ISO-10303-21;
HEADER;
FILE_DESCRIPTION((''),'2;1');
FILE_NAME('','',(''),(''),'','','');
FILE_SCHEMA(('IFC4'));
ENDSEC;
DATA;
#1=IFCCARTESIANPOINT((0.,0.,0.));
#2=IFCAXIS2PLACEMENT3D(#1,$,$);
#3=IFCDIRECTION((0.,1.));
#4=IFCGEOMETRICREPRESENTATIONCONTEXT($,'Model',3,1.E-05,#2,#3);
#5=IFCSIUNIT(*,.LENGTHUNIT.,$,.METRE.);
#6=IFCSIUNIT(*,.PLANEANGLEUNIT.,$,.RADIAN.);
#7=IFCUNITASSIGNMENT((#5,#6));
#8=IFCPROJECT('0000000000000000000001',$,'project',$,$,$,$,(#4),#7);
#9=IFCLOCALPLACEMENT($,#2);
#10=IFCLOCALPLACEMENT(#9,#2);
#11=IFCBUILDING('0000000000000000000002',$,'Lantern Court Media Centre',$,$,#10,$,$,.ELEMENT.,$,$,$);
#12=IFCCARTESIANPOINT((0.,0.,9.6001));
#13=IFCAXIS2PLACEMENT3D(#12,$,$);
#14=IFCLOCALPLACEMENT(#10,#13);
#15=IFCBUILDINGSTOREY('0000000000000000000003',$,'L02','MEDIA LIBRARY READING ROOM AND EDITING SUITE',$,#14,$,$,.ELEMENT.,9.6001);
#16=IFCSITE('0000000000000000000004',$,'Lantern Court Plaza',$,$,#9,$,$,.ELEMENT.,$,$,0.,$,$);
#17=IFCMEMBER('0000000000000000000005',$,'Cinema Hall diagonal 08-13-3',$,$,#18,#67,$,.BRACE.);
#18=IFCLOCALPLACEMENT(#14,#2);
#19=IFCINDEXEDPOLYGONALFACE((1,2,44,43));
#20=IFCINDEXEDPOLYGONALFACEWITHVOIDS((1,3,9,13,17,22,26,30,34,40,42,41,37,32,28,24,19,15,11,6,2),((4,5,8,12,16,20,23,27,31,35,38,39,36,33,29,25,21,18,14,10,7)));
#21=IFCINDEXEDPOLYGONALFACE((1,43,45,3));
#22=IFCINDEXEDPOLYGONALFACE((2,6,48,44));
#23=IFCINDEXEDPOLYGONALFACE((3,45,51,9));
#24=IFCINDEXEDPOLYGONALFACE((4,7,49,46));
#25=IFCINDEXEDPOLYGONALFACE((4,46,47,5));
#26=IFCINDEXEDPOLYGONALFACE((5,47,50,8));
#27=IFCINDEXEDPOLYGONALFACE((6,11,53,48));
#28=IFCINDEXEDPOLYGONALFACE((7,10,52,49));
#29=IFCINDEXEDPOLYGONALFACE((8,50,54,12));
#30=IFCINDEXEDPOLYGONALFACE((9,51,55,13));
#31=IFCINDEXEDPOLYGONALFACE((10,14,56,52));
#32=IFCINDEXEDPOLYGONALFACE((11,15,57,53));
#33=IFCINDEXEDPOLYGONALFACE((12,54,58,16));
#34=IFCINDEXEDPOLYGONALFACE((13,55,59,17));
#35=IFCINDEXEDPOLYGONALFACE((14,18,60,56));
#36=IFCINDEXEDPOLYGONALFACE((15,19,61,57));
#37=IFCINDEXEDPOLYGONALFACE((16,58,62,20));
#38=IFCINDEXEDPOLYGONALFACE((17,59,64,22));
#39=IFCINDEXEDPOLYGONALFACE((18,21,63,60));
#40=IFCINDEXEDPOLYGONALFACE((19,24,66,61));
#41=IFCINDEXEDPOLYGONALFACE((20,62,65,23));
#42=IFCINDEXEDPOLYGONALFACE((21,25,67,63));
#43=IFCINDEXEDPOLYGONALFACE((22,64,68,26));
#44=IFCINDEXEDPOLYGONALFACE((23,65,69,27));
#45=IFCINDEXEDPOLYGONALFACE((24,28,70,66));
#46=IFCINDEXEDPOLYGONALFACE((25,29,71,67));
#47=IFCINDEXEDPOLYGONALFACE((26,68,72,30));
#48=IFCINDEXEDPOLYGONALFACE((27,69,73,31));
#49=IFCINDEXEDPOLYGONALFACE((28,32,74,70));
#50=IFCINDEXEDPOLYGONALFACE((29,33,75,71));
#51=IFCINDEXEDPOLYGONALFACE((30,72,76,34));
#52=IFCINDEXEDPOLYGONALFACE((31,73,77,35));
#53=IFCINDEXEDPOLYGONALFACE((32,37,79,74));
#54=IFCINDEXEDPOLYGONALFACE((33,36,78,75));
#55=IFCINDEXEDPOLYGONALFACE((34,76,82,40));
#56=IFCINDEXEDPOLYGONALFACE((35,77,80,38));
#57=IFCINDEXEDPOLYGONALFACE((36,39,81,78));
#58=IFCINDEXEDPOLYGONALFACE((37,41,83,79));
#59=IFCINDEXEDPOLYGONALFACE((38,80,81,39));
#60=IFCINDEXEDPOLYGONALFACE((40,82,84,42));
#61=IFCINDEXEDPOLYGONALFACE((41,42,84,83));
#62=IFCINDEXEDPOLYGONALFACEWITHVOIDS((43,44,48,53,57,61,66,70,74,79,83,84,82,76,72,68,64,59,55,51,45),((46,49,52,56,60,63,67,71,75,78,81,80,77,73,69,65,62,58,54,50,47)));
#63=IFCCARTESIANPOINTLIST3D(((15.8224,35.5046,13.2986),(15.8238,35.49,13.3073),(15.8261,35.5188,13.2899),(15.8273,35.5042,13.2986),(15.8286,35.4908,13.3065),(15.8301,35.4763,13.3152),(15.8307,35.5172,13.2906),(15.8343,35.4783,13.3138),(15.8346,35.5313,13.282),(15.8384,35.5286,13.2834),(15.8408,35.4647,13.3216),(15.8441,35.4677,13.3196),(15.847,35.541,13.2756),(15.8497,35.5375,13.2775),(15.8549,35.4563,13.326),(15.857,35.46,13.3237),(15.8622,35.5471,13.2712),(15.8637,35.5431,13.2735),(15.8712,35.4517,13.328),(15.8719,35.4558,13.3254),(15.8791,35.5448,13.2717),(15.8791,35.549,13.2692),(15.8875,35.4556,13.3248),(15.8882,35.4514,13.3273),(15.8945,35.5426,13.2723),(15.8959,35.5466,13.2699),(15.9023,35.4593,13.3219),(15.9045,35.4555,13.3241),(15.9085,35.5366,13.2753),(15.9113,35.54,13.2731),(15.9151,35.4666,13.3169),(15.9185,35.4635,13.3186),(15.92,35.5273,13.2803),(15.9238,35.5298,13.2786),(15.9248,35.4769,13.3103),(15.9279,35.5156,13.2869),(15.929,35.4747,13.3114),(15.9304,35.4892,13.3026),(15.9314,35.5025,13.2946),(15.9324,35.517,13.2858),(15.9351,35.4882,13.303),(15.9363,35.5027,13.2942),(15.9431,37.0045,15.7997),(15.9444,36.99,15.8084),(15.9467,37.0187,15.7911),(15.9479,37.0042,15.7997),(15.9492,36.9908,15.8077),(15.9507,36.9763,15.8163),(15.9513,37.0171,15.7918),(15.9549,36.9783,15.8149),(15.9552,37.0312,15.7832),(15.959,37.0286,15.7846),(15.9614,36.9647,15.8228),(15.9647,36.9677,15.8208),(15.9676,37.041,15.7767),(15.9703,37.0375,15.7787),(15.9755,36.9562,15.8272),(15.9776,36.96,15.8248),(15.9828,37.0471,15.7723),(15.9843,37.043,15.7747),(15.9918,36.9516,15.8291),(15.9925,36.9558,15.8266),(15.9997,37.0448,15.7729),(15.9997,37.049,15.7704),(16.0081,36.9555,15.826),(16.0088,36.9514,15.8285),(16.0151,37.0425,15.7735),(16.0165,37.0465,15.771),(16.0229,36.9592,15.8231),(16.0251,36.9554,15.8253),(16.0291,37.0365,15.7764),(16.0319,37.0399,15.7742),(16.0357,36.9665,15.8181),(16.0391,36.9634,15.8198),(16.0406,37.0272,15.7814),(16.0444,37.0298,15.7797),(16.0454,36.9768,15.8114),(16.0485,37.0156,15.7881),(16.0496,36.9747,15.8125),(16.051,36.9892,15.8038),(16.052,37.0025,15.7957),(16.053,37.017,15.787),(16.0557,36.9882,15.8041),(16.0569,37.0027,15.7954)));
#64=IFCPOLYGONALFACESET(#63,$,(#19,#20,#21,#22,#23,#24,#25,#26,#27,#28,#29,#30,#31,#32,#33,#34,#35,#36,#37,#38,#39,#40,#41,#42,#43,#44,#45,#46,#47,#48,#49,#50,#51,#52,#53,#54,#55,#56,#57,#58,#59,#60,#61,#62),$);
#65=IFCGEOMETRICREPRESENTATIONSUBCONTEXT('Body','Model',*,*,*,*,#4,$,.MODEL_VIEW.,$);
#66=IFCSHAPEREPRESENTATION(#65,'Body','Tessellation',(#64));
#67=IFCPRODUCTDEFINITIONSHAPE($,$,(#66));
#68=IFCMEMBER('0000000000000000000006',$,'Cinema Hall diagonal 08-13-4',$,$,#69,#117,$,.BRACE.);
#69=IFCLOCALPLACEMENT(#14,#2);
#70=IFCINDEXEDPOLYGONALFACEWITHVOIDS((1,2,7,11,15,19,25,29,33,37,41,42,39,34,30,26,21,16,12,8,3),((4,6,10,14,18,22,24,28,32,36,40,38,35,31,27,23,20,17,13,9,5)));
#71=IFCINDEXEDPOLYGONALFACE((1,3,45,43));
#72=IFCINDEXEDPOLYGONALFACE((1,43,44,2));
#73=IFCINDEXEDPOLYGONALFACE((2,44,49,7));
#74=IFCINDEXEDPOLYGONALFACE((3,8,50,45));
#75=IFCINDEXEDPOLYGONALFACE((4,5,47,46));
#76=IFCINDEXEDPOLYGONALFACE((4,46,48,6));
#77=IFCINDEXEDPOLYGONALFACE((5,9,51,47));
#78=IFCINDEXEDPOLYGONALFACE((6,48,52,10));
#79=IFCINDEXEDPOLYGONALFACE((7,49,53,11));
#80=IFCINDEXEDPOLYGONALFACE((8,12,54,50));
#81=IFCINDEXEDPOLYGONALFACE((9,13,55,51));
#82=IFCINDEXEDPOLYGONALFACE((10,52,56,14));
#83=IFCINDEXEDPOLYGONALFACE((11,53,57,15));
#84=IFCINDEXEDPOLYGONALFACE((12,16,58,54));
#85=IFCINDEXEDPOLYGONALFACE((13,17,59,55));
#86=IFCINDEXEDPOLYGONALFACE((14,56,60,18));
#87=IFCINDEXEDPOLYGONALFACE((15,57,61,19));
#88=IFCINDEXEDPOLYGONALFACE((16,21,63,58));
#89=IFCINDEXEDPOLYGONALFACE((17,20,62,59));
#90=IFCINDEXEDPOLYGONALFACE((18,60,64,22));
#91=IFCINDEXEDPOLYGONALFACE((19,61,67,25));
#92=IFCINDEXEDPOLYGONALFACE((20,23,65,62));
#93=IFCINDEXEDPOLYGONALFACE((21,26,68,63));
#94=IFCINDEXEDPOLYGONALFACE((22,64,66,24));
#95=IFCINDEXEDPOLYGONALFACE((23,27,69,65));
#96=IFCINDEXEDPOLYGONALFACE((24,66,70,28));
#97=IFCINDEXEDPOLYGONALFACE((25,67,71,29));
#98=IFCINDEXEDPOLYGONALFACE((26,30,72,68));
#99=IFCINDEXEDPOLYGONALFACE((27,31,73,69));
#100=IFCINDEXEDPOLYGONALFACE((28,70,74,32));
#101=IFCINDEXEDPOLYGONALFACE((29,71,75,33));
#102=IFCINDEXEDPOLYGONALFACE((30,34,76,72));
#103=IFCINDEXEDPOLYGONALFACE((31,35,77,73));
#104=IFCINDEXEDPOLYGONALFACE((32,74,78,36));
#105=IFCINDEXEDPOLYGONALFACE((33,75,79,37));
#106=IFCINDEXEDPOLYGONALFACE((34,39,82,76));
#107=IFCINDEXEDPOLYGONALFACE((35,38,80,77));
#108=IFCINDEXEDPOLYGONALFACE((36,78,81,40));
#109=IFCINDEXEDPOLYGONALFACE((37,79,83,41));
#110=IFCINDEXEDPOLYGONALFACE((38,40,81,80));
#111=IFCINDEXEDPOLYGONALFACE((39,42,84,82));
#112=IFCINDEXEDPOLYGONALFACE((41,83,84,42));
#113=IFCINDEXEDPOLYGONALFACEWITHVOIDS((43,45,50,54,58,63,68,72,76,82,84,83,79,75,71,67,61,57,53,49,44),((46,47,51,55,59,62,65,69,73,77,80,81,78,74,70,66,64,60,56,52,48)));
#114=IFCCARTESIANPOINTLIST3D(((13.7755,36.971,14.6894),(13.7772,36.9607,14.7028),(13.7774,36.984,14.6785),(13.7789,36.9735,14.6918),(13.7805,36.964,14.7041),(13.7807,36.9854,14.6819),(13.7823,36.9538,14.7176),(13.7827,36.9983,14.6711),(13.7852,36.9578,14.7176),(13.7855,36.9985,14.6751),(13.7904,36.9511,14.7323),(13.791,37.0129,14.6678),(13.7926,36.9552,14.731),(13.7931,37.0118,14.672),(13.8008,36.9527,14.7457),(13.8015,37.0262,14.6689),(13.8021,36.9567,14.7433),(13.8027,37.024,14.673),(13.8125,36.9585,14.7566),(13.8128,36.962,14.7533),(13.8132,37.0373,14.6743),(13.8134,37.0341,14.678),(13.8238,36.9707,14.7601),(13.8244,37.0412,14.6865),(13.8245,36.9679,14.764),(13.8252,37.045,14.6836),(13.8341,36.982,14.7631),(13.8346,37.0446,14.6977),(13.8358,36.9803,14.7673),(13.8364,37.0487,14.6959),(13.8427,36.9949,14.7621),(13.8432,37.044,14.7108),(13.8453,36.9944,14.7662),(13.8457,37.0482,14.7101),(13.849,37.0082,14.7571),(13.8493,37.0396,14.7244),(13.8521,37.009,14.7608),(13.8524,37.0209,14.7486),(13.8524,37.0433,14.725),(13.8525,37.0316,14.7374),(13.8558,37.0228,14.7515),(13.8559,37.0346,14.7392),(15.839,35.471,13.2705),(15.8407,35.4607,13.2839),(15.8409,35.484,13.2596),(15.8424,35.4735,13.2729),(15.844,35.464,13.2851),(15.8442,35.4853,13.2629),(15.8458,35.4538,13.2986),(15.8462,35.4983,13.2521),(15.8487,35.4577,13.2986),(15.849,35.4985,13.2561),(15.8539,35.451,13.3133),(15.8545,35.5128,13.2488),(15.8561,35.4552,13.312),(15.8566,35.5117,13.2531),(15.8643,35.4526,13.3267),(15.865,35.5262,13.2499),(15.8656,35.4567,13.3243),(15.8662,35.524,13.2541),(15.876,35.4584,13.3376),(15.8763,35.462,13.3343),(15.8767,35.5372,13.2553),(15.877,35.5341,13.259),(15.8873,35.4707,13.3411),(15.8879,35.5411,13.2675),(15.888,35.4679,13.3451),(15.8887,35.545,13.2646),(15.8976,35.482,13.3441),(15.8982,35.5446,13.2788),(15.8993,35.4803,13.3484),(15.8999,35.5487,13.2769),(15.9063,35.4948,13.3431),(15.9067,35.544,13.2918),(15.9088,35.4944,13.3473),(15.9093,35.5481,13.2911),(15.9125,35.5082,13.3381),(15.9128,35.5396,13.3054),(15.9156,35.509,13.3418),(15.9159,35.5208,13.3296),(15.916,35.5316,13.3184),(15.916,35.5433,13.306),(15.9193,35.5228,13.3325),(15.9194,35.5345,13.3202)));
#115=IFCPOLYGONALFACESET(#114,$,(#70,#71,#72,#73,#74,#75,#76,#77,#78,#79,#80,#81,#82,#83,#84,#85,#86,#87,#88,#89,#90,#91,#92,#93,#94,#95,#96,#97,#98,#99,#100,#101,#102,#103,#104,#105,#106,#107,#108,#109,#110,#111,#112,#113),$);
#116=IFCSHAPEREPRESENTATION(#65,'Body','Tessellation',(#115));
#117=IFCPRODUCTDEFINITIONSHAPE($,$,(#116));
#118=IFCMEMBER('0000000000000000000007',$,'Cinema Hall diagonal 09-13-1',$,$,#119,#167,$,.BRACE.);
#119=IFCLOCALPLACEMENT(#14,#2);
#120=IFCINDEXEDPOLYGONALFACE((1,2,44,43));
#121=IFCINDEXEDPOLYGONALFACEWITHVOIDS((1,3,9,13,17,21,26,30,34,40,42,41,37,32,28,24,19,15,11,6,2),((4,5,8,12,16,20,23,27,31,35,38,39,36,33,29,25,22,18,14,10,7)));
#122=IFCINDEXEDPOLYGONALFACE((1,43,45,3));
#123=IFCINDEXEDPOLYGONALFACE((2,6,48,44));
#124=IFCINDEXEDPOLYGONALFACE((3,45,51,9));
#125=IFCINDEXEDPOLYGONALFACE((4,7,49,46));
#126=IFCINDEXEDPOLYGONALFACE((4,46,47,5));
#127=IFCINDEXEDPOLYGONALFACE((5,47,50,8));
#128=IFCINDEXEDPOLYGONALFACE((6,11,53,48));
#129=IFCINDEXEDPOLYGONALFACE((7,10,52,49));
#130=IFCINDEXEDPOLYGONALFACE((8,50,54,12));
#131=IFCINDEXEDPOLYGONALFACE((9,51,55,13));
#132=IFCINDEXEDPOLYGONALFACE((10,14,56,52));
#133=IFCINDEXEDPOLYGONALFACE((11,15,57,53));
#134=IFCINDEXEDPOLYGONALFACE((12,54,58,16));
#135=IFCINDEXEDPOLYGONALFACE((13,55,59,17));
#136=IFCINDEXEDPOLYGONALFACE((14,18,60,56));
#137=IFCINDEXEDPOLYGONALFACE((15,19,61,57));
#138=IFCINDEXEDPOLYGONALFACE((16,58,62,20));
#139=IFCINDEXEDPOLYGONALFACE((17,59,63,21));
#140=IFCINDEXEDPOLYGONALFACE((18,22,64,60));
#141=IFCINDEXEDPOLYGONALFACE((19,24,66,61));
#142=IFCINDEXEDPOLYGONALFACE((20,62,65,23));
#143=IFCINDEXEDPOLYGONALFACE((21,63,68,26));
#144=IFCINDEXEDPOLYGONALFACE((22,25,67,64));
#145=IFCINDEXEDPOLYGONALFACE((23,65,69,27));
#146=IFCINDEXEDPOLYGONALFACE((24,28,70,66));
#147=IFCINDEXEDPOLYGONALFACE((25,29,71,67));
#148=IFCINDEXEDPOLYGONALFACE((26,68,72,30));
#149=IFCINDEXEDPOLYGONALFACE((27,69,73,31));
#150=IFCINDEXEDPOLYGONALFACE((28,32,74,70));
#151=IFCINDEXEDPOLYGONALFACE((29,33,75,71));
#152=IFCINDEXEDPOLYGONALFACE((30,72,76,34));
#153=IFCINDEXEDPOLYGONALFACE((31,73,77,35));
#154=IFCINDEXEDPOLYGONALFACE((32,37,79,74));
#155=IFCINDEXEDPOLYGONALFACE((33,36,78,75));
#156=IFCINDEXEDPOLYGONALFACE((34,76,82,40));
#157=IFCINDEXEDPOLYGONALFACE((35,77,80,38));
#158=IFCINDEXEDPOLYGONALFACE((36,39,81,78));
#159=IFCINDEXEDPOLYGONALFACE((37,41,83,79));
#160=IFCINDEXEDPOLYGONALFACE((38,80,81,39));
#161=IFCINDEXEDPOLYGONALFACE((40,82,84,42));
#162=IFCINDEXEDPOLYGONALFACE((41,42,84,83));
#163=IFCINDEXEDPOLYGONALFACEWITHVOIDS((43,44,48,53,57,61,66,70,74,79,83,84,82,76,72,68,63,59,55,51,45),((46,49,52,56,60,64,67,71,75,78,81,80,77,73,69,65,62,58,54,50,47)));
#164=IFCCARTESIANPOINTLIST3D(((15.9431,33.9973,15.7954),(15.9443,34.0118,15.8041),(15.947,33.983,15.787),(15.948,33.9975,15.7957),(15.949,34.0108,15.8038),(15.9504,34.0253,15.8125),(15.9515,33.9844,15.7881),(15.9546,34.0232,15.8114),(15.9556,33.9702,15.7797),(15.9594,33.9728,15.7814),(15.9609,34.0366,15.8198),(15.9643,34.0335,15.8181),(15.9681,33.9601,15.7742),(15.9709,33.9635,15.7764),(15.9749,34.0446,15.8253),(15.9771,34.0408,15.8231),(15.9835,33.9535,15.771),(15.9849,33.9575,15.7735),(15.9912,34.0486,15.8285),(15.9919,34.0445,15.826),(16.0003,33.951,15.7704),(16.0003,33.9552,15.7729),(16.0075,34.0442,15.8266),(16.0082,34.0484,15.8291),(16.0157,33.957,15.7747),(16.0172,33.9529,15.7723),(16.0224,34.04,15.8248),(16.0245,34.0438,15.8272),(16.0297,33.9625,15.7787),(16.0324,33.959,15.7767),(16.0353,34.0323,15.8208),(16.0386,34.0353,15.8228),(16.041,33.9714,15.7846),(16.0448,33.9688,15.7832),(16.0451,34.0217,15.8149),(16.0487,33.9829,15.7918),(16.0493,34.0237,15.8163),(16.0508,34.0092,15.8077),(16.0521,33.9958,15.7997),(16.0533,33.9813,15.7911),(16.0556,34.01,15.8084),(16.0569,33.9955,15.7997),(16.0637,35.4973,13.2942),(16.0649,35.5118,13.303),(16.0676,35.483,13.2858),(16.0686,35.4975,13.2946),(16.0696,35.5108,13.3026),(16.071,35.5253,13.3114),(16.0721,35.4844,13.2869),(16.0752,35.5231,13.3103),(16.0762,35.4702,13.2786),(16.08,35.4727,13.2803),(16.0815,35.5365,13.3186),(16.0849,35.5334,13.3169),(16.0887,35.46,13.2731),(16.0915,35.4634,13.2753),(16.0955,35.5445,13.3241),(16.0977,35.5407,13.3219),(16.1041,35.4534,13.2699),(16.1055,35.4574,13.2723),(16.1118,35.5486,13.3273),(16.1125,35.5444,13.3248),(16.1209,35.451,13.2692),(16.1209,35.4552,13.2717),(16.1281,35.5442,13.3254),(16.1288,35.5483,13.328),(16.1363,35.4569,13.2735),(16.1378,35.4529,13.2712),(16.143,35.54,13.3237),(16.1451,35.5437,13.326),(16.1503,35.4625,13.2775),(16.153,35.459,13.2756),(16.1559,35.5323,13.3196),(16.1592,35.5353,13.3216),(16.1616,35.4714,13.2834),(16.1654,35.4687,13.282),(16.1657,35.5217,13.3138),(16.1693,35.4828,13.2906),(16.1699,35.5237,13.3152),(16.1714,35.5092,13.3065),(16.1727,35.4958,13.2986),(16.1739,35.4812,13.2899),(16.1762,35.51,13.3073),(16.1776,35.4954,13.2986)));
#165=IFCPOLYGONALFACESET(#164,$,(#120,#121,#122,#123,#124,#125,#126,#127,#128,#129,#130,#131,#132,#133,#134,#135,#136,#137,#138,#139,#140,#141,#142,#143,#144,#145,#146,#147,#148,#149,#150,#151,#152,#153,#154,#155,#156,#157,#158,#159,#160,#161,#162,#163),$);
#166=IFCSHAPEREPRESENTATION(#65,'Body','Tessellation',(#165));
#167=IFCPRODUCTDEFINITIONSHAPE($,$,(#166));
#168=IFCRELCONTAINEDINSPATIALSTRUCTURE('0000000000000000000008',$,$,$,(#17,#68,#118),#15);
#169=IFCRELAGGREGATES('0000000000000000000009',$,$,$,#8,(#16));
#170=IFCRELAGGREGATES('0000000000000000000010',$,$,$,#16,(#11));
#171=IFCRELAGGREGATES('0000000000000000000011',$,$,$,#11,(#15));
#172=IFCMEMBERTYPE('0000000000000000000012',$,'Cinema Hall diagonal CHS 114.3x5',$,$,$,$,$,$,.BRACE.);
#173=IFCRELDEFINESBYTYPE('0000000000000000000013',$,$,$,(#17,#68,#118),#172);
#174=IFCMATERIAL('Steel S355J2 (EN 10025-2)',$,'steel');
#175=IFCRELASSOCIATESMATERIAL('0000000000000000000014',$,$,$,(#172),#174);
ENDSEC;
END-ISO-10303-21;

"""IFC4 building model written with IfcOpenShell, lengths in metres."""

from ifc_helpers import new_model, si_unit, direction, frame, origin, origin_2d, place, context, subcontext, project, spatial, hollow_circle, extrude, material, material_profile, profile_set, type_object, element, save


model = new_model("IFC4")

# Units and contexts
model_context = context("Model", 3, precision=1e-05, world=origin(), true_north=direction((0.0, 1.0)))
body_context = subcontext(model_context, "Body", "Model", "MODEL_VIEW")
ifc_project = project(units=[si_unit("LENGTHUNIT", "METRE"), si_unit("PLANEANGLEUNIT", "RADIAN")], contexts=[model_context])

# Site, building, storey
site_placement = place(None, origin())
site = spatial("IfcSite", under=ifc_project, at=site_placement, Name="Lantern Court Plaza", CompositionType="ELEMENT", RefElevation=0.0)
building_placement = place(site_placement, origin())
building = spatial("IfcBuilding", under=site, at=building_placement, Name="Lantern Court Media Centre", CompositionType="ELEMENT")
storey_placement = place(building_placement, frame((0.0, 0.0, 9.6001)))
storey = spatial("IfcBuildingStorey", under=building, at=storey_placement, Name="L02", Description="MEDIA LIBRARY READING ROOM AND EDITING SUITE", CompositionType="ELEMENT", Elevation=9.6001)

# Members
ifc_material = material(Name="Steel S355J2 (EN 10025-2)", Category="steel")
ifc_material_profile_1 = material_profile(ifc_material, hollow_circle(Radius=0.0571, WallThickness=0.0049, at=origin_2d()), Name="Cinema Hall diagonal CHS 114.3x5")
ifc_profile_set_1 = profile_set([ifc_material_profile_1], Name="Steel S355J2 (EN 10025-2)")
member_type_1 = type_object("IfcMemberType", Name="Cinema Hall diagonal CHS 114.3x5", PredefinedType="BRACE", material=ifc_profile_set_1)
for number, where, z_axis, x_axis, name in (
    (1, (15.8794, 35.5, 13.2986), (0.041317, 0.513872, 0.856871), (-0.996783, 0.080145, 0.0), "Cinema Hall diagonal 08-13-3"),
):
    element("IfcMember", number, at=place(storey_placement, frame(where, z_axis=z_axis, x_axis=x_axis)), inside=storey, type_object=member_type_1, Name=name, PredefinedType="BRACE", context=body_context, shape_type="SweptSolid", body=[
        extrude(hollow_circle(Radius=0.0571, WallThickness=0.0049, at=origin_2d()), origin(), (0.0, 0.0, 1.0), 2.9189),
    ])
member_1_placement = place(storey_placement, frame((15.8794, 35.5, 13.2986), z_axis=(-0.70688, 0.513851, 0.486084), x_axis=(-0.58799, -0.808868, 0.0)))
element("IfcMember", 2, at=member_1_placement, inside=storey, type_object=member_type_1, Name="Cinema Hall diagonal 08-13-4", PredefinedType="BRACE", context=body_context, shape_type="SweptSolid", body=[
    extrude(hollow_circle(Radius=0.0571, WallThickness=0.0049, at=origin_2d()), origin(), (0.0, 0.0, 1.0), 2.9192),
])
member_2_placement = place(storey_placement, frame((16.1206, 35.5, 13.2986), z_axis=(-0.041317, -0.513872, 0.856871), x_axis=(0.996783, -0.080145, 0.0)))
element("IfcMember", 3, at=member_2_placement, inside=storey, type_object=member_type_1, Name="Cinema Hall diagonal 09-13-1", PredefinedType="BRACE", context=body_context, shape_type="SweptSolid", body=[
    extrude(hollow_circle(Radius=0.0571, WallThickness=0.0049, at=origin_2d()), origin(), (0.0, 0.0, 1.0), 2.9189),
])

save(model, "model.ifc")
